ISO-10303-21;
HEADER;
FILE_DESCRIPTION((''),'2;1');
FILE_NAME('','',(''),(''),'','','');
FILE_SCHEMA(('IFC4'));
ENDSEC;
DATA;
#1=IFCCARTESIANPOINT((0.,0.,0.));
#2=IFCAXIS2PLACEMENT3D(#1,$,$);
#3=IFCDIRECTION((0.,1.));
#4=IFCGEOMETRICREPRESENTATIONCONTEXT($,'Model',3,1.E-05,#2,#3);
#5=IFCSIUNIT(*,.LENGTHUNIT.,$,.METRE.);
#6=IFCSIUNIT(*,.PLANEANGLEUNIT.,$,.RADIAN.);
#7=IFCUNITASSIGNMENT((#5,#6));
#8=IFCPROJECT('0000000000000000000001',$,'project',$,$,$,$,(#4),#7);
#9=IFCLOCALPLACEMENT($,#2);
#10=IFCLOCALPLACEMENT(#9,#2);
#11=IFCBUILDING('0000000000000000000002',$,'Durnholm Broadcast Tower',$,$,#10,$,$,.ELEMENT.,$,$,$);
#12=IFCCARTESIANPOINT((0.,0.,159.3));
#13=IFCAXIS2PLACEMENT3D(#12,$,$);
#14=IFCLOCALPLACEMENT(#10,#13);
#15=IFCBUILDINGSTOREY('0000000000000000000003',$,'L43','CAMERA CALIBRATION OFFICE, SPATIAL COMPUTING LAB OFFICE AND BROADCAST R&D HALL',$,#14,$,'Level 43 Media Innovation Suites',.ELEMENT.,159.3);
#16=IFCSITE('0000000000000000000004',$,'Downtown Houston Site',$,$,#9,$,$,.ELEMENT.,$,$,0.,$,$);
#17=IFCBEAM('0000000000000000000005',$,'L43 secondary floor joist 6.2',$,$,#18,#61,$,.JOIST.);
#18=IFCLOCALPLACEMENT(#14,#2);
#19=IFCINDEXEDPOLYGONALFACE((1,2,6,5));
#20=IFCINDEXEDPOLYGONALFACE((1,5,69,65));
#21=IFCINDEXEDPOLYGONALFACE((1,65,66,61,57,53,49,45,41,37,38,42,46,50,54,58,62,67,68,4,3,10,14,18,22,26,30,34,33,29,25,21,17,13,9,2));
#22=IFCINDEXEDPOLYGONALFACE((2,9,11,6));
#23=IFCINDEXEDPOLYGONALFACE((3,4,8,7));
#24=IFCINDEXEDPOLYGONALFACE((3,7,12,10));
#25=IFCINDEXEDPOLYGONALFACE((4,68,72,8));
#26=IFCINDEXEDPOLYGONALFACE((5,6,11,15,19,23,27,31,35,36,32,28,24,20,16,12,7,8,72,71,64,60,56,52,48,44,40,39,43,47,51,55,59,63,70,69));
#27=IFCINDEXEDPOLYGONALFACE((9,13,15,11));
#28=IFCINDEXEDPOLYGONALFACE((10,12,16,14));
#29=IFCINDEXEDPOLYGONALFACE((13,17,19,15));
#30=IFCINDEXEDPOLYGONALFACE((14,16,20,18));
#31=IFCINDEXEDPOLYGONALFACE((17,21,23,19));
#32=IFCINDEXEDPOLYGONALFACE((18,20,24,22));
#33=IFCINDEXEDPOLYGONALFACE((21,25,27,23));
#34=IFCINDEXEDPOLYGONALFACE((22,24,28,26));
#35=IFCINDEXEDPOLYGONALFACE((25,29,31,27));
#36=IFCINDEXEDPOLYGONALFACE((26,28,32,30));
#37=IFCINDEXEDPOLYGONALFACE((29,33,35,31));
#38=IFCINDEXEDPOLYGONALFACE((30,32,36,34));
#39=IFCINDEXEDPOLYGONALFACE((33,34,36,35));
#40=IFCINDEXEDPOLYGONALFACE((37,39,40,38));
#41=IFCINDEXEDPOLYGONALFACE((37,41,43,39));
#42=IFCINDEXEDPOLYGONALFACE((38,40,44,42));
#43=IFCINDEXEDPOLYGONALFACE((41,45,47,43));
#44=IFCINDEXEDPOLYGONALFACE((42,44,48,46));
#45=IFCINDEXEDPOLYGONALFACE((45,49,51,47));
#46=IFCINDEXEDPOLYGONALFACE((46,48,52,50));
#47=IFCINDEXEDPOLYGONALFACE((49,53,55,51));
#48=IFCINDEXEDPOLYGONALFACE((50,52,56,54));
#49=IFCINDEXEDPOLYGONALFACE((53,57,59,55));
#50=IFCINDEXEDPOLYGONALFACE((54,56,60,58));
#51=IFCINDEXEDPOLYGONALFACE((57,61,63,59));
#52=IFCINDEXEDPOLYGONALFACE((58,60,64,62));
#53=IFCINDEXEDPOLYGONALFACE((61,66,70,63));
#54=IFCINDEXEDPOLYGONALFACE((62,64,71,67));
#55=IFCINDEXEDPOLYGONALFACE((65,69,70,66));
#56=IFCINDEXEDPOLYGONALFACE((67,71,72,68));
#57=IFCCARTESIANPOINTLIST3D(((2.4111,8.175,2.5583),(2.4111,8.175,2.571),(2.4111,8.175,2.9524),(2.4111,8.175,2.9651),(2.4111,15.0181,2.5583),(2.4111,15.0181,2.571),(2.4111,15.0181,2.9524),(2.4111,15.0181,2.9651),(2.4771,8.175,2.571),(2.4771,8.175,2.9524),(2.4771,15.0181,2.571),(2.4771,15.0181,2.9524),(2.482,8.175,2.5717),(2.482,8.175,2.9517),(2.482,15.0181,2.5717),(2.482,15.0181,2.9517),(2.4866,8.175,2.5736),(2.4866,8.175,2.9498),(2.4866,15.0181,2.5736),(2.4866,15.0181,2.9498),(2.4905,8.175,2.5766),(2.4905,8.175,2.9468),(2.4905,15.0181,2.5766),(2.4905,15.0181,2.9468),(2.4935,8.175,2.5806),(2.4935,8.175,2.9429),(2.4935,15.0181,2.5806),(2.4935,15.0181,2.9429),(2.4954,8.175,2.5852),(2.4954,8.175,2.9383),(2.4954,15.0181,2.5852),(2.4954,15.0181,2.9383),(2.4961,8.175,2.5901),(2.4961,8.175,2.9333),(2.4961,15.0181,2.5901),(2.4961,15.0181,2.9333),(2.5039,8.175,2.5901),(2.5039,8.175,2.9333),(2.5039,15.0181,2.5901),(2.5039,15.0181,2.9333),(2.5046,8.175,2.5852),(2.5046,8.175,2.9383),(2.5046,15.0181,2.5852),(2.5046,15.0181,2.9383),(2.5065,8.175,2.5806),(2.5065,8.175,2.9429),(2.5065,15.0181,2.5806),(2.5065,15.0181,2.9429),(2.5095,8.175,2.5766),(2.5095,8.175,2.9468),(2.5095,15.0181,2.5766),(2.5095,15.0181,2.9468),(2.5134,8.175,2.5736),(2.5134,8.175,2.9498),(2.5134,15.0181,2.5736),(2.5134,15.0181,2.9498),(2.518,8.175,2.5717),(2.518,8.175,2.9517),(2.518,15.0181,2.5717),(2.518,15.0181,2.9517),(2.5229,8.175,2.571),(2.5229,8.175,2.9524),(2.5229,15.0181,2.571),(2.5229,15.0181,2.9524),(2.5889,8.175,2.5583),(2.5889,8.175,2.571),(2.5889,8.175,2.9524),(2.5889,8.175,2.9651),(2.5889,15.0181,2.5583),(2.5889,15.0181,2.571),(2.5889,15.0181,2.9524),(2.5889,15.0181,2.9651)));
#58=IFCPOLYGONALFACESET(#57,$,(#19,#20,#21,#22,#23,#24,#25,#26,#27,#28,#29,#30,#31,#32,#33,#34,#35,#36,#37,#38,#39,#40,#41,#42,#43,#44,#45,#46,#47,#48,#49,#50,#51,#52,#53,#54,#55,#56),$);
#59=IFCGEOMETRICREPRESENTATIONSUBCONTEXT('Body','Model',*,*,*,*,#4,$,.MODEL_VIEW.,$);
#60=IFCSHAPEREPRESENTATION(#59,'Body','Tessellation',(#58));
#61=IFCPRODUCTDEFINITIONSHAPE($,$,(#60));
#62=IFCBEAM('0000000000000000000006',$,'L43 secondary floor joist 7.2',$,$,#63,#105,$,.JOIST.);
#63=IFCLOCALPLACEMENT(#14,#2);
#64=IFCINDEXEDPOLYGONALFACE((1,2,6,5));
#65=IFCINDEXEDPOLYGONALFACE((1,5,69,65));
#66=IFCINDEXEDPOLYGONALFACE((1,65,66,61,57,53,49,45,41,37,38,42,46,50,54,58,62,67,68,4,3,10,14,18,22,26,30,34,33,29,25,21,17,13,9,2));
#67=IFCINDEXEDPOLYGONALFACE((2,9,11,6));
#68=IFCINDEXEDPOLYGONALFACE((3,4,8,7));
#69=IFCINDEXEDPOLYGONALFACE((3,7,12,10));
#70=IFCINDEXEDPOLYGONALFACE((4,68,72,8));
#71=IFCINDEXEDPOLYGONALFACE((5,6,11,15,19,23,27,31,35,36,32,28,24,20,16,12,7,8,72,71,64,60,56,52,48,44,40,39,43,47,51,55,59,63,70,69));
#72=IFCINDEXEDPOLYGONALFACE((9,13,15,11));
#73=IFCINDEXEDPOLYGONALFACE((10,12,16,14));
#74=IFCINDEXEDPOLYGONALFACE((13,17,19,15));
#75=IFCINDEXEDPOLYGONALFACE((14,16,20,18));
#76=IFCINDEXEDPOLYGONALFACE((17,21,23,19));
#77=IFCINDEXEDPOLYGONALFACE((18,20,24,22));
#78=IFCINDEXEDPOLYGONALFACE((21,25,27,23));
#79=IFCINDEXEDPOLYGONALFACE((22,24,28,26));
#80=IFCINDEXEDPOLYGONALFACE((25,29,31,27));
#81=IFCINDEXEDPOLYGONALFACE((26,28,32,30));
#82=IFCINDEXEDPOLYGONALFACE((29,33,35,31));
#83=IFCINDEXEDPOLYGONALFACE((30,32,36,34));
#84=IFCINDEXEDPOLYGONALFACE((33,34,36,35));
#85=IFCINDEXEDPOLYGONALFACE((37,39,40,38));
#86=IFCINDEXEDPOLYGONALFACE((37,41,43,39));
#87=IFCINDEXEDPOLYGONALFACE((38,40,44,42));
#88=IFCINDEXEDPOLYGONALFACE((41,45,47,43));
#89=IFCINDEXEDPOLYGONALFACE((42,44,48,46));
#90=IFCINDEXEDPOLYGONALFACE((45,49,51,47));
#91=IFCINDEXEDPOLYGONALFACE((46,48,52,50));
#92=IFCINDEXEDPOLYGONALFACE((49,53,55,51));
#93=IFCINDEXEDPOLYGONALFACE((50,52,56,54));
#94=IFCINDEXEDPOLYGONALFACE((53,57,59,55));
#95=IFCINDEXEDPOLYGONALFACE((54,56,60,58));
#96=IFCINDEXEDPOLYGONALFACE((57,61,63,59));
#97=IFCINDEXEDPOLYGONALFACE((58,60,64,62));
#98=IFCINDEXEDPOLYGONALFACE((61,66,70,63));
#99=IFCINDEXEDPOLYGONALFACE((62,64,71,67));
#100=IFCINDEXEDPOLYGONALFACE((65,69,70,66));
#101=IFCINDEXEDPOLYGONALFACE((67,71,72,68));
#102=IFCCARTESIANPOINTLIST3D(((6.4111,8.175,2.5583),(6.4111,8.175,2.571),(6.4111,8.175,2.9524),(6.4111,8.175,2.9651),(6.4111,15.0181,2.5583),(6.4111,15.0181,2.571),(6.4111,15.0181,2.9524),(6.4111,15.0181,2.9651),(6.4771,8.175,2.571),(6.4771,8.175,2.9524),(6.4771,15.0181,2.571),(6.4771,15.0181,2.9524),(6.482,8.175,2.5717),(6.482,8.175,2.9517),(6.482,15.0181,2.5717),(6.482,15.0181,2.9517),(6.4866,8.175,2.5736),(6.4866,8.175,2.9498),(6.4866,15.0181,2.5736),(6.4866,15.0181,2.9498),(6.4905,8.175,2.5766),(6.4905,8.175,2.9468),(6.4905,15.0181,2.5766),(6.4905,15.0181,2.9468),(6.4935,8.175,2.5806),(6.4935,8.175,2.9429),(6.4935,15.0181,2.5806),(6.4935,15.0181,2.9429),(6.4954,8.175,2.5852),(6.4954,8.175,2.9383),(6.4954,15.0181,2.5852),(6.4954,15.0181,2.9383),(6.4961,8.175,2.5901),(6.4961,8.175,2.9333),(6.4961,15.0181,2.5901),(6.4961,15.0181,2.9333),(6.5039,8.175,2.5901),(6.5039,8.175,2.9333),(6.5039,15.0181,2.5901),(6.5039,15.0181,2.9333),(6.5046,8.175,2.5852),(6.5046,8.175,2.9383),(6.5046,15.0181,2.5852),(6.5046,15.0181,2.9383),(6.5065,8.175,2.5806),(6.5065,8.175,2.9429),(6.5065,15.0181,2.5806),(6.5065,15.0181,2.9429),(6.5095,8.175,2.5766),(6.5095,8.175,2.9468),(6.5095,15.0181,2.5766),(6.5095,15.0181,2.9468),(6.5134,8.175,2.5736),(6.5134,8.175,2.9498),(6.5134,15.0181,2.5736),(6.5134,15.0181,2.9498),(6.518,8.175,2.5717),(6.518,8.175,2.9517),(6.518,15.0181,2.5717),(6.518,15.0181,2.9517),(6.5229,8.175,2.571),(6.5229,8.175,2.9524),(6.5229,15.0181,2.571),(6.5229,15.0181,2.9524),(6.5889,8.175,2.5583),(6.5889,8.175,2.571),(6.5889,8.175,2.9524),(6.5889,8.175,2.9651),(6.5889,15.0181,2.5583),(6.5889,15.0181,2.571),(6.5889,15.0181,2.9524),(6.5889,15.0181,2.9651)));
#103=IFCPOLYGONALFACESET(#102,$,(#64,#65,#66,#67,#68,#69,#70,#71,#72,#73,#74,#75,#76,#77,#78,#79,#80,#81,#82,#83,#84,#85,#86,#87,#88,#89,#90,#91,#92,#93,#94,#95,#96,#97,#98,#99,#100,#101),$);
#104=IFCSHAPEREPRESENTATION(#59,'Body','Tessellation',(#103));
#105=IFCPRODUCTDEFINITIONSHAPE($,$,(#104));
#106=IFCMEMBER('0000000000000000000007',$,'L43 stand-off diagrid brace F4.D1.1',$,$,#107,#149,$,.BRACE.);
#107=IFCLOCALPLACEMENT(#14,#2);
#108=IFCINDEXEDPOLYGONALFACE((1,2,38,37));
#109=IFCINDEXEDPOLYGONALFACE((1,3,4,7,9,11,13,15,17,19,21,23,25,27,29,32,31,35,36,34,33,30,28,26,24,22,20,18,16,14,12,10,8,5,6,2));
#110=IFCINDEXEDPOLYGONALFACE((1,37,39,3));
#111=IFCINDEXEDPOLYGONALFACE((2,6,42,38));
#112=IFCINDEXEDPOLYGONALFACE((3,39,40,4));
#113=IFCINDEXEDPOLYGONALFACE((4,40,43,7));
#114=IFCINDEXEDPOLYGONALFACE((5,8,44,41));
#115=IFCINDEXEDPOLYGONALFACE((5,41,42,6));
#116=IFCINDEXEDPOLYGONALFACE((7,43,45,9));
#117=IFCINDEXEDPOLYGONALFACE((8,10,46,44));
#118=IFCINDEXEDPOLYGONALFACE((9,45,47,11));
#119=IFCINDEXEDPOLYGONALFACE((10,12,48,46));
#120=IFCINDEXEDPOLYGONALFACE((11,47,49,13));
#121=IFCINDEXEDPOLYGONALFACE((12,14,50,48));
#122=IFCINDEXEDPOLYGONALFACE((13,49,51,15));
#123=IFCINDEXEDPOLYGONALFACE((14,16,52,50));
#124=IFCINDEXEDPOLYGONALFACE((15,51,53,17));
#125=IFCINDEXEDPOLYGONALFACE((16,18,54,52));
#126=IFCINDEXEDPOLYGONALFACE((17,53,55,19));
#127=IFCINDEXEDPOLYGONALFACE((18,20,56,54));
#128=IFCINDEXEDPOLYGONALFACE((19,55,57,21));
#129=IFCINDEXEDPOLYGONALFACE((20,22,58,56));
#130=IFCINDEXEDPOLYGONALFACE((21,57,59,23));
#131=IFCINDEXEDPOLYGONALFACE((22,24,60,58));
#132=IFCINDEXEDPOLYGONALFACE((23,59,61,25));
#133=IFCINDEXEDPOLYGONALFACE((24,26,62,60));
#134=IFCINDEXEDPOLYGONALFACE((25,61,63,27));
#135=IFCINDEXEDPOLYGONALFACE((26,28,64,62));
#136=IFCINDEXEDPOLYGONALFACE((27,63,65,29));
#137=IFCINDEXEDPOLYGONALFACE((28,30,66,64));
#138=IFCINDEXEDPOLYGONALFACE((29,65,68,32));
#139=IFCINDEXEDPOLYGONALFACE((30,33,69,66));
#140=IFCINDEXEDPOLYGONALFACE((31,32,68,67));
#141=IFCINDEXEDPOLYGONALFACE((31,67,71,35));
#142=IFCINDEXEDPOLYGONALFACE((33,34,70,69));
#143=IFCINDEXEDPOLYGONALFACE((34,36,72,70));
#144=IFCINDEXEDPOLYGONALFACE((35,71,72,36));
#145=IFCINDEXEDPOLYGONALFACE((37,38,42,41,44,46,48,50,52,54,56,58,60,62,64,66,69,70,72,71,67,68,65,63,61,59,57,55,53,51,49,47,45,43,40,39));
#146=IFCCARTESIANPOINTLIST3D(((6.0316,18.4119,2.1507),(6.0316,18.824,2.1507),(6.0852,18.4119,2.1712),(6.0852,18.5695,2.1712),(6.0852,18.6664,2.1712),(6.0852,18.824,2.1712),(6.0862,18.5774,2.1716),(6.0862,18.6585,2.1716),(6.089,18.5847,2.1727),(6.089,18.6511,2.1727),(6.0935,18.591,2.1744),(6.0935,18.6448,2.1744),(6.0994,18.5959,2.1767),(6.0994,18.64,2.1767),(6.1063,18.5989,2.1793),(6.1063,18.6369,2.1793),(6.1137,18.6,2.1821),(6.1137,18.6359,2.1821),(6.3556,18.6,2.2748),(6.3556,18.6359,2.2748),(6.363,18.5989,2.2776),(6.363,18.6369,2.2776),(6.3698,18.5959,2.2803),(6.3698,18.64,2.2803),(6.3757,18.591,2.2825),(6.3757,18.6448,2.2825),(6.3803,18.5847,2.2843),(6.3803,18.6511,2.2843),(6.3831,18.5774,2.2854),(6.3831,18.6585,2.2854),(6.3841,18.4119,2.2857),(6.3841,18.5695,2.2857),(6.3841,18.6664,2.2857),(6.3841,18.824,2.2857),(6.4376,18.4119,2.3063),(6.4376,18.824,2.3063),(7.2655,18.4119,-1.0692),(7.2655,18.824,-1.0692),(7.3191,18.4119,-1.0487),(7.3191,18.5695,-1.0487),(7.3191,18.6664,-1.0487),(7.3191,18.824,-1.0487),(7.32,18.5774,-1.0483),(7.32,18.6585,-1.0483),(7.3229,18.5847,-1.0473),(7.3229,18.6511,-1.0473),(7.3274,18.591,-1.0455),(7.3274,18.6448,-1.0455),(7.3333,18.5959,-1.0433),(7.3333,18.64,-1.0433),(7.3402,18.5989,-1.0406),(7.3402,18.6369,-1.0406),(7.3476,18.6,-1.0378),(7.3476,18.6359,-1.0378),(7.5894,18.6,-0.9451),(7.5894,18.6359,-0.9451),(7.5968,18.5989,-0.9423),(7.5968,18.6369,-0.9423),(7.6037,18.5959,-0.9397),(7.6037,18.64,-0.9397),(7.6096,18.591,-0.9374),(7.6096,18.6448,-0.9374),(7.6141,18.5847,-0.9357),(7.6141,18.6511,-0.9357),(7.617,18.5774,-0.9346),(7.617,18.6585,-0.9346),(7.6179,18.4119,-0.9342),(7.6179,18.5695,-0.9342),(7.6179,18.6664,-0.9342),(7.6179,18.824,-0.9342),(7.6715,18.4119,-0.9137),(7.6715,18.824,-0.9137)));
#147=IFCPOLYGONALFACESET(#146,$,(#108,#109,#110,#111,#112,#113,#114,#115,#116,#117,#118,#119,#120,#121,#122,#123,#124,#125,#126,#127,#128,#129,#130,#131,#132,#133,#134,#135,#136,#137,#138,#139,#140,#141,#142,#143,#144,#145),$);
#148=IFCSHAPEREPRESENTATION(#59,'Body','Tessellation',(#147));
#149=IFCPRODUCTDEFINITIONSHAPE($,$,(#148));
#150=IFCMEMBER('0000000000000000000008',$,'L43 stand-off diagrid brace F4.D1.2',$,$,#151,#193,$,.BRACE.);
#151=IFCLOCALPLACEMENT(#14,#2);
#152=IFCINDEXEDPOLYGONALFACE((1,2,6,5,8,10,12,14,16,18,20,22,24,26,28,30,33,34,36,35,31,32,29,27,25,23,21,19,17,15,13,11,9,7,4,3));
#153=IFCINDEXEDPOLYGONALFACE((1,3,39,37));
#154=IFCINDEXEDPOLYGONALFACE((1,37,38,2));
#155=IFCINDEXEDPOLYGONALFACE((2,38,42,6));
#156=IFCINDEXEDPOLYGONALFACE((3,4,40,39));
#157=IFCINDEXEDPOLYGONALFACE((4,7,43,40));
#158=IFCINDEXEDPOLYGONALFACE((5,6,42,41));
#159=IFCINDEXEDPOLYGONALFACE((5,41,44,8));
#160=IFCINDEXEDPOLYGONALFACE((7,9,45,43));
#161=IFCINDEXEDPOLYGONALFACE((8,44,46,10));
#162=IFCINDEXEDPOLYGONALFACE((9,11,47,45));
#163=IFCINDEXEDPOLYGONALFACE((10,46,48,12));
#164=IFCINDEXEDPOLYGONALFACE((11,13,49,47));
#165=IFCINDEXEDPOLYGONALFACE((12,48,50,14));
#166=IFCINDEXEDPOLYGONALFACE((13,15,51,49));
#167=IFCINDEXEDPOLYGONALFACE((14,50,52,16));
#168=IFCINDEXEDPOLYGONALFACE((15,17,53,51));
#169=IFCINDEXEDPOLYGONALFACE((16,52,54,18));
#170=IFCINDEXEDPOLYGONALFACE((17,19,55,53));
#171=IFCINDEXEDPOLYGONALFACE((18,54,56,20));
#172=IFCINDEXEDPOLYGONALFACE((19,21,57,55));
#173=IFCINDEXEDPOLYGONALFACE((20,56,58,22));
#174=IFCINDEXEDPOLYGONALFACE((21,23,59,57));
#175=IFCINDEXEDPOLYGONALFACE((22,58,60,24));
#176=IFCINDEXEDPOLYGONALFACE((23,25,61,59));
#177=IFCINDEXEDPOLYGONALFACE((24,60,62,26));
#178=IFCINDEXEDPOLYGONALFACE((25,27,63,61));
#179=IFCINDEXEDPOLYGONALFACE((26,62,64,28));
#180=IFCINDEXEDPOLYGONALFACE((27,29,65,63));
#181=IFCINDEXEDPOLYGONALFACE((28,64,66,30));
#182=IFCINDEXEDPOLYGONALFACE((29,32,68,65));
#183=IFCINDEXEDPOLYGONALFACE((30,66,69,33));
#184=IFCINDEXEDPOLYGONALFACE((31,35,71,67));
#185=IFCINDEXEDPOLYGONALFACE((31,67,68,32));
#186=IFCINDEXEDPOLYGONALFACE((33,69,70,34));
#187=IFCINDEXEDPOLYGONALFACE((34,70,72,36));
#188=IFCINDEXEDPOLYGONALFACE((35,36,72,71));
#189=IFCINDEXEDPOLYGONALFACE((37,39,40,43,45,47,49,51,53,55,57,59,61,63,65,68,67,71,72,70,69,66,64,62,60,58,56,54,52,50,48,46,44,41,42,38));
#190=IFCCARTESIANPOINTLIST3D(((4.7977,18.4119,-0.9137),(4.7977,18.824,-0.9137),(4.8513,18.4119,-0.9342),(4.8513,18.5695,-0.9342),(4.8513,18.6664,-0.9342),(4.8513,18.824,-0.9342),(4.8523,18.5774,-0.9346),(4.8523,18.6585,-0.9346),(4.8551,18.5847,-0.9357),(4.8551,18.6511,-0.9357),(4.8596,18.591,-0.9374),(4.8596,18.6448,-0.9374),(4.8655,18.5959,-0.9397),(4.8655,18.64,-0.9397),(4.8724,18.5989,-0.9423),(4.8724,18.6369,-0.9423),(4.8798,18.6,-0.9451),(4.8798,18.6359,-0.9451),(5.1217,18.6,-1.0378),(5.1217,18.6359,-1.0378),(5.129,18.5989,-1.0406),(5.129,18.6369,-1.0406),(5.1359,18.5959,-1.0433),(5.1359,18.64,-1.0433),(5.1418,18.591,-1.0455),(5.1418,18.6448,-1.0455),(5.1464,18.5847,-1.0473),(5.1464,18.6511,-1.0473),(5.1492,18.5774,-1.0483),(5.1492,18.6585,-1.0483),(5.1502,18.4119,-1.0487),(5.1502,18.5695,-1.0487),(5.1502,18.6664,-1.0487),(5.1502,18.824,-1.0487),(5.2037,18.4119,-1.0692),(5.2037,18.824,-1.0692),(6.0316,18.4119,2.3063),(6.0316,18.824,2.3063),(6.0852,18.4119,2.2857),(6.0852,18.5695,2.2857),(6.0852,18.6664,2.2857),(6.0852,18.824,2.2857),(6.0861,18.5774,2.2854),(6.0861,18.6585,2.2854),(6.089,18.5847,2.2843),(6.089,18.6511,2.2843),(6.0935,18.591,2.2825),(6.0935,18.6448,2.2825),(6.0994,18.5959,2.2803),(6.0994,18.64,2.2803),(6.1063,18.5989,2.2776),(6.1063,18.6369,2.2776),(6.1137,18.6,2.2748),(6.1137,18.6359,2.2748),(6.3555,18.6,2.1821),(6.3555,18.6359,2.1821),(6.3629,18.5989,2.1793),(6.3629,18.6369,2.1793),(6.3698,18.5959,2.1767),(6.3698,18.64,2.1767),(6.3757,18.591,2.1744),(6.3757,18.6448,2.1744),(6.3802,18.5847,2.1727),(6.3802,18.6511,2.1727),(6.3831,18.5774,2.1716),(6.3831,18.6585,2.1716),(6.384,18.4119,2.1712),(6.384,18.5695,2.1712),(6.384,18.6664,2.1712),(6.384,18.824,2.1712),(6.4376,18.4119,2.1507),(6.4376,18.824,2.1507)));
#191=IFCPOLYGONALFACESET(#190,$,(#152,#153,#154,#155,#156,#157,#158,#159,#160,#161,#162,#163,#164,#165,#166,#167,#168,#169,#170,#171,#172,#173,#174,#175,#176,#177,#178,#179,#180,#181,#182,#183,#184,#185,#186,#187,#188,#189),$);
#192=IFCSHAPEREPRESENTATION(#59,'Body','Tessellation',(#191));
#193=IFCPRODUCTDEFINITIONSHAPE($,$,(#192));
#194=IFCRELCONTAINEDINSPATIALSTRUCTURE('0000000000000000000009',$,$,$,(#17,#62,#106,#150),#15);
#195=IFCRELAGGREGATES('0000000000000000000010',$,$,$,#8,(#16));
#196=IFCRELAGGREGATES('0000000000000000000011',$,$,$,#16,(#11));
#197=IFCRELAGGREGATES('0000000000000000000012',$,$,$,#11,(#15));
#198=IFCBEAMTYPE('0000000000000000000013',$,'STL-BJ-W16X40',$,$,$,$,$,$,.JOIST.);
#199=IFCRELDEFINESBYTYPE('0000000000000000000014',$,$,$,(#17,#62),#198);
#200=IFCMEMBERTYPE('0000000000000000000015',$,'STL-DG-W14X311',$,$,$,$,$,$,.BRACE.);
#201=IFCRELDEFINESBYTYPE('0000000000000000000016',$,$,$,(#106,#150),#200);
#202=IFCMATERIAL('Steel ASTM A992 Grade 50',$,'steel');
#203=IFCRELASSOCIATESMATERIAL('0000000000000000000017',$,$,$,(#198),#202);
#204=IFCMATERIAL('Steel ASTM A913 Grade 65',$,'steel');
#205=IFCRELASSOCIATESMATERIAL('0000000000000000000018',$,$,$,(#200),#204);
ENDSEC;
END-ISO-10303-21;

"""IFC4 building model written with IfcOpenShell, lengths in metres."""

from ifc_helpers import new_model, si_unit, direction, frame, origin, origin_2d, place, context, subcontext, project, spatial, i_section, extrude, source, transform, mapped, material, material_profile, profile_set, type_object, type_shapes, element, save


model = new_model("IFC4")

# Units and contexts
model_context = context("Model", 3, precision=1e-05, world=origin(), true_north=direction((0.0, 1.0)))
body_context = subcontext(model_context, "Body", "Model", "MODEL_VIEW")
ifc_project = project(units=[si_unit("LENGTHUNIT", "METRE"), si_unit("PLANEANGLEUNIT", "RADIAN")], contexts=[model_context])

# Site, building, storey
site_placement = place(None, origin())
site = spatial("IfcSite", under=ifc_project, at=site_placement, Name="Downtown Houston Site", CompositionType="ELEMENT", RefElevation=0.0)
building_placement = place(site_placement, origin())
building = spatial("IfcBuilding", under=site, at=building_placement, Name="Durnholm Broadcast Tower", CompositionType="ELEMENT")
storey_placement = place(building_placement, frame((0.0, 0.0, 159.3)))
storey = spatial("IfcBuildingStorey", under=building, at=storey_placement, Name="L43", Description="CAMERA CALIBRATION OFFICE, SPATIAL COMPUTING LAB OFFICE AND BROADCAST R&D HALL", LongName="Level 43 Media Innovation Suites", CompositionType="ELEMENT", Elevation=159.3)

# Beams
ifc_material_1 = material(Name="Steel ASTM A992 Grade 50", Category="steel")
ifc_material_profile_1 = material_profile(ifc_material_1, i_section(OverallWidth=0.1777, OverallDepth=0.4067, WebThickness=0.0078, FlangeThickness=0.0127, FilletRadius=0.019, at=origin_2d()), Name="W16X40")
ifc_profile_set_1 = profile_set([ifc_material_profile_1], Name="Steel ASTM A992 Grade 50")
beam_type_1 = type_object("IfcBeamType", Name="STL-BJ-W16X40", PredefinedType="JOIST", material=ifc_profile_set_1)
shared_shape_1 = source(origin(), body_context, "Body", "SweptSolid", [
    extrude(i_section(OverallWidth=0.1777, OverallDepth=0.4067, WebThickness=0.0078, FlangeThickness=0.0127, FilletRadius=0.019, at=origin_2d()), origin(), (0.0, 0.0, 1.0), 6.843),
])
type_shapes(beam_type_1, [shared_shape_1])
for number, where, z_axis, x_axis, name in (
    (1, (2.5, 8.175, 2.7617), (0.0, 1.0, 0.0), (-1.0, 0.0, 0.0), "L43 secondary floor joist 6.2"),
    (2, (6.5, 8.175, 2.7617), (0.0, 1.0, 0.0), (-1.0, 0.0, 0.0), "L43 secondary floor joist 7.2"),
):
    element("IfcBeam", number, at=place(storey_placement, frame(where, z_axis=z_axis, x_axis=x_axis)), inside=storey, type_object=beam_type_1, Name=name, PredefinedType="JOIST", context=body_context, shape_type="MappedRepresentation", body=[
        mapped(shared_shape_1, transform((0.0, 0.0, 0.0), x_axis=(1.0, 0.0, 0.0), y_axis=(0.0, 1.0, 0.0), z_axis=(0.0, 0.0, 1.0), scale=1.0)),
    ])

# Members
ifc_material_2 = material(Name="Steel ASTM A913 Grade 65", Category="steel")
ifc_material_profile_2 = material_profile(ifc_material_2, i_section(OverallWidth=0.4121, OverallDepth=0.4348, WebThickness=0.0359, FlangeThickness=0.0574, FilletRadius=0.0305, at=origin_2d()), Name="W14X311")
ifc_profile_set_2 = profile_set([ifc_material_profile_2], Name="Steel ASTM A913 Grade 65")
member_type_1 = type_object("IfcMemberType", Name="STL-DG-W14X311", PredefinedType="BRACE", material=ifc_profile_set_2)
shared_shape_2 = source(origin(), body_context, "Body", "SweptSolid", [
    extrude(i_section(OverallWidth=0.4121, OverallDepth=0.4348, WebThickness=0.0359, FlangeThickness=0.0574, FilletRadius=0.0305, at=origin_2d()), origin(), (0.0, 0.0, 1.0), 3.4482),
])
type_shapes(member_type_1, [shared_shape_2])
for number, where, z_axis, x_axis, name in (
    (3, (7.4685, 18.6179, -0.9915), (-0.357826, 0.0, 0.933788), (0.0, -1.0, 0.0), "L43 stand-off diagrid brace F4.D1.1"),
    (4, (5.0007, 18.6179, -0.9915), (0.357826, 0.0, 0.933788), (0.0, 1.0, 0.0), "L43 stand-off diagrid brace F4.D1.2"),
):
    element("IfcMember", number, at=place(storey_placement, frame(where, z_axis=z_axis, x_axis=x_axis)), inside=storey, type_object=member_type_1, Name=name, PredefinedType="BRACE", context=body_context, shape_type="MappedRepresentation", body=[
        mapped(shared_shape_2, transform((0.0, 0.0, 0.0), x_axis=(1.0, 0.0, 0.0), y_axis=(0.0, 1.0, 0.0), z_axis=(0.0, 0.0, 1.0), scale=1.0)),
    ])

save(model, "model.ifc")
